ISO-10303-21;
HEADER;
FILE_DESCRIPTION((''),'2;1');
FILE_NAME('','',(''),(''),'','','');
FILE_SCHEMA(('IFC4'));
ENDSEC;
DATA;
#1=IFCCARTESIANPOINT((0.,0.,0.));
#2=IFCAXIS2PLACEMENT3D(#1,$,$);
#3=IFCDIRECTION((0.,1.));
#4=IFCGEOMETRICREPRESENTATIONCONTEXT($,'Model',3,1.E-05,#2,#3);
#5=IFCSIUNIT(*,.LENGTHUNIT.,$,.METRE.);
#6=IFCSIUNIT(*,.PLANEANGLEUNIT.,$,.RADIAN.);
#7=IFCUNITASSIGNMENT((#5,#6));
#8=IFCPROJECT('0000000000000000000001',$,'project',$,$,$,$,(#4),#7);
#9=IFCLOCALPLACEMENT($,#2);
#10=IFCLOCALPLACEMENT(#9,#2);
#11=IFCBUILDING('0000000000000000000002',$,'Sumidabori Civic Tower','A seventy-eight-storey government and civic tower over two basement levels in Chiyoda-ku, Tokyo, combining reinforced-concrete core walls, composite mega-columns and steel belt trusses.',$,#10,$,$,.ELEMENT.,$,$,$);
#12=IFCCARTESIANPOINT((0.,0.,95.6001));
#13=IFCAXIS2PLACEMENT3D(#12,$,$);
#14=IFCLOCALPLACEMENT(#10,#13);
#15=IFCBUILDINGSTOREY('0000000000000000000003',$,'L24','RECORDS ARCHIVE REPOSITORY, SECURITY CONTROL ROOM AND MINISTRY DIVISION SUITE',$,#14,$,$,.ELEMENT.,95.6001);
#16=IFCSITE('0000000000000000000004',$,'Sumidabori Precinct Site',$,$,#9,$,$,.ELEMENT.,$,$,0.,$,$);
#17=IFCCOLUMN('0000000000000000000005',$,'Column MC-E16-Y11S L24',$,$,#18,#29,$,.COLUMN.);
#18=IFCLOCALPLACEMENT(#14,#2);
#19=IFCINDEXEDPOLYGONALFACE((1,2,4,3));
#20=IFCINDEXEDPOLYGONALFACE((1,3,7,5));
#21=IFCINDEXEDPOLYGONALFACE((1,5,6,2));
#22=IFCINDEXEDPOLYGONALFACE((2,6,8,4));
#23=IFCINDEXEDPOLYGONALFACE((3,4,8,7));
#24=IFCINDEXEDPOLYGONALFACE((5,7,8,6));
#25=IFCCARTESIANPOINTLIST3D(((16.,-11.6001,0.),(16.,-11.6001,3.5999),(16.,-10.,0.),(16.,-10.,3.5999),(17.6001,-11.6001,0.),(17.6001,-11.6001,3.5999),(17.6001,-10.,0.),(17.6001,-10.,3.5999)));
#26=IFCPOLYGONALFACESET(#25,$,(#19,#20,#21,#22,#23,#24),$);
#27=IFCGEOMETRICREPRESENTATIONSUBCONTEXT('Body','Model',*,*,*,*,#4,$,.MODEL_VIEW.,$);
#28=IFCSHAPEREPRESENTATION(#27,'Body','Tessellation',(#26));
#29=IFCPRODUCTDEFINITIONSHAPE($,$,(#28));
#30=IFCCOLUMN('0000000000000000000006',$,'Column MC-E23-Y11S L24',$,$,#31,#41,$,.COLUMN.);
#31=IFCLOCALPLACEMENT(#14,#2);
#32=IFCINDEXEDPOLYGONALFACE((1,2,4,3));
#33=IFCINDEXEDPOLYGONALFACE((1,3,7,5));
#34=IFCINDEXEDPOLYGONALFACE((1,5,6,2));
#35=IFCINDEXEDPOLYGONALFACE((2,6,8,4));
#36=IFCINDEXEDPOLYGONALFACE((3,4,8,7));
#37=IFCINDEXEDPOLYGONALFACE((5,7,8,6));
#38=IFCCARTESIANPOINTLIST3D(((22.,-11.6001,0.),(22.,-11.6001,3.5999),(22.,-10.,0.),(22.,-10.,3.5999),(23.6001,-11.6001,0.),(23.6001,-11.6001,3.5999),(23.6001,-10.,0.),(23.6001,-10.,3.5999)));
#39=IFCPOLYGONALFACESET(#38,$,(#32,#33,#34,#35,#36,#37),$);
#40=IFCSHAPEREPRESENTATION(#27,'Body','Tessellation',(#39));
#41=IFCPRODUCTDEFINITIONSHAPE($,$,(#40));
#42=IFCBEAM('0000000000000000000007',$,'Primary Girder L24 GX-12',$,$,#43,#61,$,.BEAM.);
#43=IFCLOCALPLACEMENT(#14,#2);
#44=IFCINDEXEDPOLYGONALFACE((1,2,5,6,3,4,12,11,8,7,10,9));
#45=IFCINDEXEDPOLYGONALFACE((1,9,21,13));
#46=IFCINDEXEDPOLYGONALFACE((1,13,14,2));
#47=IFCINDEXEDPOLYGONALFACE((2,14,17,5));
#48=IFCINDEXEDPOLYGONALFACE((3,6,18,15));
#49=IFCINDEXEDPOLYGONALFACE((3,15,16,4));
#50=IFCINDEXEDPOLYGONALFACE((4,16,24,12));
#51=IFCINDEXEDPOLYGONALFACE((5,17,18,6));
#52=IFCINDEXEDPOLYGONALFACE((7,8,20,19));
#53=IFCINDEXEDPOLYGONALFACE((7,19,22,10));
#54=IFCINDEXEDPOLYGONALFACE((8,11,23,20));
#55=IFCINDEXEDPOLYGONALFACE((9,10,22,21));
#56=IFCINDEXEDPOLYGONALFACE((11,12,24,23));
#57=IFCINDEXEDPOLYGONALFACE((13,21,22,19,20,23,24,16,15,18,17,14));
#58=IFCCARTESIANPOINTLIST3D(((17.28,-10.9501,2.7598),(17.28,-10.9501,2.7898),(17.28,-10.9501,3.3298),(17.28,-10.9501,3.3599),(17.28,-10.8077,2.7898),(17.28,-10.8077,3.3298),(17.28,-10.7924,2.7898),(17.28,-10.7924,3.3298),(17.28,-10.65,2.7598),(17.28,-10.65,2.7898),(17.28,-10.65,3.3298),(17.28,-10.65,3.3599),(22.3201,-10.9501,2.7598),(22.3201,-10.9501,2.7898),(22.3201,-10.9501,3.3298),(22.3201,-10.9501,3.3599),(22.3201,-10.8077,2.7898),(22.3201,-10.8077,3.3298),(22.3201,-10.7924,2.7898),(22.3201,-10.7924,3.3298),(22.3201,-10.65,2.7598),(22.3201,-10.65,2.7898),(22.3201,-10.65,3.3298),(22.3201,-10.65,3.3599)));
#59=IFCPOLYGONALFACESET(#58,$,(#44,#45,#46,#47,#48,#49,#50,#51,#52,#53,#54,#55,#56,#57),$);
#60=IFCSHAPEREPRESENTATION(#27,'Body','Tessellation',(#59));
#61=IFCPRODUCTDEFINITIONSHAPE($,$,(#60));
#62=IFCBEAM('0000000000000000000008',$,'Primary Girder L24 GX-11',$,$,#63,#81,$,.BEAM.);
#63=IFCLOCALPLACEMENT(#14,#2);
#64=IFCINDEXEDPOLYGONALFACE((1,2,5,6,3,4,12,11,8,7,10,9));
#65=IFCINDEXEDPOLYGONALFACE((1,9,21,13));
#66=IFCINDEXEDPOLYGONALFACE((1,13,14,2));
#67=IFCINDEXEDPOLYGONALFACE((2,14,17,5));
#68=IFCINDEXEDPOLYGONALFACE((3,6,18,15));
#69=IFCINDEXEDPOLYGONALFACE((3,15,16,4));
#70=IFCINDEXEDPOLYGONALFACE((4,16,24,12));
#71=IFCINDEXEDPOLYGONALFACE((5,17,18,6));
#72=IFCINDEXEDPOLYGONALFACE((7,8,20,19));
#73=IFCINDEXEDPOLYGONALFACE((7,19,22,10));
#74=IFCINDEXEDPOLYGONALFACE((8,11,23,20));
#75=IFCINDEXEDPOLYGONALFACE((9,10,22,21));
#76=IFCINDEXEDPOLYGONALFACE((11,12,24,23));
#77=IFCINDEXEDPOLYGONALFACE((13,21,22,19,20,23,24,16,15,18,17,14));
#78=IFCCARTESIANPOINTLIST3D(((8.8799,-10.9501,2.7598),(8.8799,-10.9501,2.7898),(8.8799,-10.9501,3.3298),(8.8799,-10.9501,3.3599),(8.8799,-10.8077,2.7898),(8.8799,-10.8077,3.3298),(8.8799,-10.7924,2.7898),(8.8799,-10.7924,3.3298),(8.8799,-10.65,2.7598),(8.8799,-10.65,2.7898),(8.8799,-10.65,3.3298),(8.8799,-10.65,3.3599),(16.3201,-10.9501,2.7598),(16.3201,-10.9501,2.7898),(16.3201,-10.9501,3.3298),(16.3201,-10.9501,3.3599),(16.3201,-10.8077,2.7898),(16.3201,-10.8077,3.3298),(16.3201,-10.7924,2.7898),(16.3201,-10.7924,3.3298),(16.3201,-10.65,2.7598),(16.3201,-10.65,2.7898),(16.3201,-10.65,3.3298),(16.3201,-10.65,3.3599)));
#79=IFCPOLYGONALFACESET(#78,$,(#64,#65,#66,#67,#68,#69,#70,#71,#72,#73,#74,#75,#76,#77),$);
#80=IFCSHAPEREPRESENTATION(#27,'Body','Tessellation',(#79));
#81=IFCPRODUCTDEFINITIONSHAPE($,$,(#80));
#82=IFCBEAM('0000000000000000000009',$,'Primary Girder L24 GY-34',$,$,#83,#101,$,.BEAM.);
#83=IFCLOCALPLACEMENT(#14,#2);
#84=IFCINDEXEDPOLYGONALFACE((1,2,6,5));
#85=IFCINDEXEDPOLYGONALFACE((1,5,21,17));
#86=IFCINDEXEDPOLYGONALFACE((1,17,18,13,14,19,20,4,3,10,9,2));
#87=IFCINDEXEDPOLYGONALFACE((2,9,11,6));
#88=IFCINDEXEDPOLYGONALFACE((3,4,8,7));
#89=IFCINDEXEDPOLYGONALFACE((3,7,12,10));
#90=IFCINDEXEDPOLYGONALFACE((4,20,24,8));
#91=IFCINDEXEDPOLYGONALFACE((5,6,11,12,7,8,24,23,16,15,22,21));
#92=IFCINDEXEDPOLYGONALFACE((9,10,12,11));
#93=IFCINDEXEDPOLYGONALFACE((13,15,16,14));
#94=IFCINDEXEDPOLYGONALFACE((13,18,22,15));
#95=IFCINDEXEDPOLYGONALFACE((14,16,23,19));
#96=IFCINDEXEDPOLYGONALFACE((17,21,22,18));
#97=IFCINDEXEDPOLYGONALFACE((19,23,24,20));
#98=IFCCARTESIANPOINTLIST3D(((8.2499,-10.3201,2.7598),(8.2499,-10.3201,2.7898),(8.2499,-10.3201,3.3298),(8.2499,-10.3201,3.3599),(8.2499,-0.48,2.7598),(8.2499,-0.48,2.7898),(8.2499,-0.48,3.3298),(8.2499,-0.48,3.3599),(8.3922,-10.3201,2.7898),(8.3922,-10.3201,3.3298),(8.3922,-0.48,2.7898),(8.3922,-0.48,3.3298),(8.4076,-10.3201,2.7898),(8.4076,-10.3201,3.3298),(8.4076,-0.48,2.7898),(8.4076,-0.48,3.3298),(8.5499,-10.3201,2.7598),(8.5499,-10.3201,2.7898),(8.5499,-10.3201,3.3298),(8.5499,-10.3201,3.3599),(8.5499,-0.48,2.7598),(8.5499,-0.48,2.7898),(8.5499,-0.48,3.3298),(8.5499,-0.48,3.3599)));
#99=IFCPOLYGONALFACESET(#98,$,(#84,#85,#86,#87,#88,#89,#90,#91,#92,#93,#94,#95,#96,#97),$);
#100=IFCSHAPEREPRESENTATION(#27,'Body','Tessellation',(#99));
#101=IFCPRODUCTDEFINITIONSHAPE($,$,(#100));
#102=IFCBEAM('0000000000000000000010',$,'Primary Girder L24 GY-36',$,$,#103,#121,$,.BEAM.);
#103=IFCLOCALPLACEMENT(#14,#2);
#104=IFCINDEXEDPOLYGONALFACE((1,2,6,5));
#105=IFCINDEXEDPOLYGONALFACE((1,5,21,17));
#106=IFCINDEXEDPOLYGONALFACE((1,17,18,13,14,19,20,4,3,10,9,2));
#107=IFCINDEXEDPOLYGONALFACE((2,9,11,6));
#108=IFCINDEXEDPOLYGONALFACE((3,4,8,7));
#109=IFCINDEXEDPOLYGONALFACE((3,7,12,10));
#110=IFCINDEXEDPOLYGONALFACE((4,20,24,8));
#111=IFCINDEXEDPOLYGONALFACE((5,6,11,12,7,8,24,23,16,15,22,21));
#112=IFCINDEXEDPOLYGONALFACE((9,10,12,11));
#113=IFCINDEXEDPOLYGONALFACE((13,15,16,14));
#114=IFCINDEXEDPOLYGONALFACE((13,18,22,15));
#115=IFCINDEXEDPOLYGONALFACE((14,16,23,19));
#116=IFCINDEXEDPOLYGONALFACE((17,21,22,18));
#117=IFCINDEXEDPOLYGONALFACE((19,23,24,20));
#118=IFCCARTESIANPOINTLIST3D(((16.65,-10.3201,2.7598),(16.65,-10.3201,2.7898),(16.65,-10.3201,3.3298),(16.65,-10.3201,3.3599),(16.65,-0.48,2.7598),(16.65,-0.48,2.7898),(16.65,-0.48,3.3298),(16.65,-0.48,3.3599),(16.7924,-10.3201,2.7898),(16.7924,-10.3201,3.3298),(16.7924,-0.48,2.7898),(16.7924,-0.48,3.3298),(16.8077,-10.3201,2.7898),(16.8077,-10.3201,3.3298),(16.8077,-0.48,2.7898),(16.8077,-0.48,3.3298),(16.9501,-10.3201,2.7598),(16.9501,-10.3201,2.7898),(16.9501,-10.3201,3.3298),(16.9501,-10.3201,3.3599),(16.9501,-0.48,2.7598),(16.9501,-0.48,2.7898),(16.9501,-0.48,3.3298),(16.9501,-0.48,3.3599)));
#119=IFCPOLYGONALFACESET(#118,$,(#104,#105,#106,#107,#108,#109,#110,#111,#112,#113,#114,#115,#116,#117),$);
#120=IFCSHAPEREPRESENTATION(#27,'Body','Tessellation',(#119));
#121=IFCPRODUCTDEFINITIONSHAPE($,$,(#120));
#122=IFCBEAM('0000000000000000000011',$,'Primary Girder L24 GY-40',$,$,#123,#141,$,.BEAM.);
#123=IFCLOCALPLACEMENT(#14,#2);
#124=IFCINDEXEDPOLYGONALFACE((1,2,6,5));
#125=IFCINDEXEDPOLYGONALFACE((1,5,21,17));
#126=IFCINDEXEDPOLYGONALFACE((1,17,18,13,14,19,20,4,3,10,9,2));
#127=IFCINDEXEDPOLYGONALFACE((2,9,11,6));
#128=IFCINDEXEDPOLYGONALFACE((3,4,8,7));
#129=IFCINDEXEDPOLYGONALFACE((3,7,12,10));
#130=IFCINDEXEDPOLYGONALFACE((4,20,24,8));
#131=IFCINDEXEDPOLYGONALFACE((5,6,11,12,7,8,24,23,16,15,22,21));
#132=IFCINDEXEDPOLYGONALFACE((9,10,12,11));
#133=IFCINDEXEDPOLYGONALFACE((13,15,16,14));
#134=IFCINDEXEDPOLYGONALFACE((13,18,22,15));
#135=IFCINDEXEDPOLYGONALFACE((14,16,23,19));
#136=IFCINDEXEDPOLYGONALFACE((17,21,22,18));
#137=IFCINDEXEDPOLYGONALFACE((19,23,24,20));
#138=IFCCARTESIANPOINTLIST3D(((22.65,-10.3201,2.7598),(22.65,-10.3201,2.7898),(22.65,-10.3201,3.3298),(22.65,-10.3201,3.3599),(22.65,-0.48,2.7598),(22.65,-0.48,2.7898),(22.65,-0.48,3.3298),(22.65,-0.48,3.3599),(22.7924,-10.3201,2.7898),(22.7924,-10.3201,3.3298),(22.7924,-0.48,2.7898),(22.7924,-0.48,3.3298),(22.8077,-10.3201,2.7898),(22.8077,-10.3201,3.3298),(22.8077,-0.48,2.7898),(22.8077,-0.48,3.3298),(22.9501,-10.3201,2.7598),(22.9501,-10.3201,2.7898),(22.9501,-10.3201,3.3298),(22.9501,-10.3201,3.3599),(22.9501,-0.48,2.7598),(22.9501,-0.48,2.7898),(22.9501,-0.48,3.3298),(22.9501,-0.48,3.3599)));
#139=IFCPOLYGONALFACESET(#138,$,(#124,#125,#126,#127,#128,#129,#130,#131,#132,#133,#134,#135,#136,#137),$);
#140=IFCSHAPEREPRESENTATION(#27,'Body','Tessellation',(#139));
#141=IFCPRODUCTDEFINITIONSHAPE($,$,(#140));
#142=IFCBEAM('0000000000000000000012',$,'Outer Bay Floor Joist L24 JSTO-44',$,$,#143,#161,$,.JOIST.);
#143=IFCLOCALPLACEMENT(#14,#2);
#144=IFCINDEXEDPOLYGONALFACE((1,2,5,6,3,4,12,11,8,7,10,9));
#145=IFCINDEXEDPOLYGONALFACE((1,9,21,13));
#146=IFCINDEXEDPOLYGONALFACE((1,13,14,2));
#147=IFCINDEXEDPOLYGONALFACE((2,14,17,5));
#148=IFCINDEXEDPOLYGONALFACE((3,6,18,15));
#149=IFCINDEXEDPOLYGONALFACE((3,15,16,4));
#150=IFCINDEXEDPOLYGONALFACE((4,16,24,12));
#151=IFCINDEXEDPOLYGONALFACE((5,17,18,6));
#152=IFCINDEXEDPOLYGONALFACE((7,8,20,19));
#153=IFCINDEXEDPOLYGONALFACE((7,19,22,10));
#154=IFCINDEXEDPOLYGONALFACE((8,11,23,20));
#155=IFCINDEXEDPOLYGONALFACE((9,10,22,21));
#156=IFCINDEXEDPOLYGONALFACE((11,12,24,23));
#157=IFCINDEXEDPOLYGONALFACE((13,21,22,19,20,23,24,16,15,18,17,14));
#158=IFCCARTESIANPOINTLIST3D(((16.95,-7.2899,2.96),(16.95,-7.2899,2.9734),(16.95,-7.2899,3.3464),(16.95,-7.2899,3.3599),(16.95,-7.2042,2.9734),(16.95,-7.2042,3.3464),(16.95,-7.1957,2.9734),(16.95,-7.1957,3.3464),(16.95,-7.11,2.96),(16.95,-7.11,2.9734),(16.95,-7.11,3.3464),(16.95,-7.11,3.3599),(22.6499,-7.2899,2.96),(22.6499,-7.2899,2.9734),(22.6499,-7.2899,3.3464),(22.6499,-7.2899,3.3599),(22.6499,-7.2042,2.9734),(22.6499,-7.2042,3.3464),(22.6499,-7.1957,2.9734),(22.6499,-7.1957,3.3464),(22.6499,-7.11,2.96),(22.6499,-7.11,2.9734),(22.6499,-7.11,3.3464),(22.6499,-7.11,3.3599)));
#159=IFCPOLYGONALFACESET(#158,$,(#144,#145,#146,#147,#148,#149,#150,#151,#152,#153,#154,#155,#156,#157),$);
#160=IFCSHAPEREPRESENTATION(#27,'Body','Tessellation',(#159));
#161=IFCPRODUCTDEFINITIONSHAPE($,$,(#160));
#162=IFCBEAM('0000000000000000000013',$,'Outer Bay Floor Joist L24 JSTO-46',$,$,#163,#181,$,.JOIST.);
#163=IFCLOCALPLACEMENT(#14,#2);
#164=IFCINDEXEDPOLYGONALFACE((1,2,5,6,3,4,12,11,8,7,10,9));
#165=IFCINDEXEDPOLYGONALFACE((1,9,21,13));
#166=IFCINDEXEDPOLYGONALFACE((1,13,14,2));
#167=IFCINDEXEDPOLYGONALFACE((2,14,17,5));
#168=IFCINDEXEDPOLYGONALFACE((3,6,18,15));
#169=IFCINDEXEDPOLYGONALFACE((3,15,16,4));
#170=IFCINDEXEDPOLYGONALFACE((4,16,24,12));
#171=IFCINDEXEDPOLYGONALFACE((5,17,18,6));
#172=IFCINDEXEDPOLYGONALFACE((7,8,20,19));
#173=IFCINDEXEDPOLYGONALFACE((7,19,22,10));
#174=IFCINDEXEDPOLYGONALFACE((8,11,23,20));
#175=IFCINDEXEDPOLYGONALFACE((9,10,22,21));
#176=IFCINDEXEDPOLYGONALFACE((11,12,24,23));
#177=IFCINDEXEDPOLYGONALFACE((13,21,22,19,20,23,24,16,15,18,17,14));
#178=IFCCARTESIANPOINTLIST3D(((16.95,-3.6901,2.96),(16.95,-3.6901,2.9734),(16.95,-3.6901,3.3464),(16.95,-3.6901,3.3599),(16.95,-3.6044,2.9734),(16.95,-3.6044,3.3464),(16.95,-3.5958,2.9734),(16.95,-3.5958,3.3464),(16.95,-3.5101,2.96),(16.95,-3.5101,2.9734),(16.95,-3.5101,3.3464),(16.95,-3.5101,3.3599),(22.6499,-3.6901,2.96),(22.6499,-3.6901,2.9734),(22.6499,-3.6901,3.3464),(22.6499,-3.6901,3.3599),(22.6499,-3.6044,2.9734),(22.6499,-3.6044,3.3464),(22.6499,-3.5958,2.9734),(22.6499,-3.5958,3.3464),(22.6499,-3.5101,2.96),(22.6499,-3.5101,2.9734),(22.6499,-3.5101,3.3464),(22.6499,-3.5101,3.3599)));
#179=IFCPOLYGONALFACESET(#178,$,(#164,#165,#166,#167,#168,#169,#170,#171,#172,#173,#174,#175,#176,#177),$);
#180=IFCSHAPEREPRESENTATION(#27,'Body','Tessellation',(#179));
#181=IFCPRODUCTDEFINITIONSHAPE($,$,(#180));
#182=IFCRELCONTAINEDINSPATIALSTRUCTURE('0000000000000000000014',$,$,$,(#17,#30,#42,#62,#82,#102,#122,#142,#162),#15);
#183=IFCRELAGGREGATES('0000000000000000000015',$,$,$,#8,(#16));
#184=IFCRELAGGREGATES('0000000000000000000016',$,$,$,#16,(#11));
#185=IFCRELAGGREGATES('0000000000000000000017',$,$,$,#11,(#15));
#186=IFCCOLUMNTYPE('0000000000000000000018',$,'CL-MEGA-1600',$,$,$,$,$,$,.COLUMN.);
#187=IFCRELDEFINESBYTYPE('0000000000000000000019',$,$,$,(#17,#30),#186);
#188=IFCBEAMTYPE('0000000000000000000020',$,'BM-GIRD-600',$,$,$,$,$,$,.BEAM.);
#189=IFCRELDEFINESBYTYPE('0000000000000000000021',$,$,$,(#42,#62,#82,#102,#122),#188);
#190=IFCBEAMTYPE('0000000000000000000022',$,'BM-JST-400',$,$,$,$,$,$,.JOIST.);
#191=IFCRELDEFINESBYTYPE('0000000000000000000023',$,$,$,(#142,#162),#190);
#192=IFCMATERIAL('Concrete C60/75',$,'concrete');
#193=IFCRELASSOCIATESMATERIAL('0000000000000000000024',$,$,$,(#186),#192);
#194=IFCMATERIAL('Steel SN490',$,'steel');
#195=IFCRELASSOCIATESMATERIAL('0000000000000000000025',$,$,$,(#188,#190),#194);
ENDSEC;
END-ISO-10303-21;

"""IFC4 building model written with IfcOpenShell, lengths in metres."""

from ifc_helpers import new_model, si_unit, direction, frame, origin, origin_2d, place, context, subcontext, project, spatial, rectangle, i_section, extrude, source, transform, mapped, material, material_profile, profile_set, type_object, element, save


model = new_model("IFC4")

# Units and contexts
model_context = context("Model", 3, precision=1e-05, world=origin(), true_north=direction((0.0, 1.0)))
body_context = subcontext(model_context, "Body", "Model", "MODEL_VIEW")
ifc_project = project(units=[si_unit("LENGTHUNIT", "METRE"), si_unit("PLANEANGLEUNIT", "RADIAN")], contexts=[model_context])

# Site, building, storey
site_placement = place(None, origin())
site = spatial("IfcSite", under=ifc_project, at=site_placement, Name="Sumidabori Precinct Site", CompositionType="ELEMENT", RefElevation=0.0)
building_placement = place(site_placement, origin())
building = spatial("IfcBuilding", under=site, at=building_placement, Name="Sumidabori Civic Tower", Description="A seventy-eight-storey government and civic tower over two basement levels in Chiyoda-ku, Tokyo, combining reinforced-concrete core walls, composite mega-columns and steel belt trusses.", CompositionType="ELEMENT")
storey_placement = place(building_placement, frame((0.0, 0.0, 95.6001)))
storey = spatial("IfcBuildingStorey", under=building, at=storey_placement, Name="L24", Description="RECORDS ARCHIVE REPOSITORY, SECURITY CONTROL ROOM AND MINISTRY DIVISION SUITE", CompositionType="ELEMENT", Elevation=95.6001)

# Columns
ifc_material_1 = material(Name="Concrete C60/75", Category="concrete")
ifc_material_profile_1 = material_profile(ifc_material_1, rectangle(XDim=1.6001, YDim=1.6001, at=origin_2d()), Name="RC 1600x1600")
ifc_profile_set_1 = profile_set([ifc_material_profile_1], Name="Concrete C60/75")
column_type = type_object("IfcColumnType", Name="CL-MEGA-1600", PredefinedType="COLUMN", material=ifc_profile_set_1)
shared_shape_1 = source(origin(), body_context, "Body", "SweptSolid", [
    extrude(rectangle(XDim=1.6001, YDim=1.6001, at=origin_2d()), origin(), (0.0, 0.0, 1.0), 3.5999),
])
for number, where, z_axis, x_axis, name in (
    (1, (16.8, -10.8, 0.0), (0.0, 0.0, 1.0), (1.0, 0.0, 0.0), "Column MC-E16-Y11S L24"),
    (2, (22.8, -10.8, 0.0), (0.0, 0.0, 1.0), (1.0, 0.0, 0.0), "Column MC-E23-Y11S L24"),
):
    element("IfcColumn", number, at=place(storey_placement, frame(where, z_axis=z_axis, x_axis=x_axis)), inside=storey, type_object=column_type, Name=name, PredefinedType="COLUMN", context=body_context, shape_type="MappedRepresentation", body=[
        mapped(shared_shape_1, transform((0.0, 0.0, 0.0), x_axis=(1.0, 0.0, 0.0), y_axis=(0.0, 1.0, 0.0), z_axis=(0.0, 0.0, 1.0), scale=1.0)),
    ])

# Beams
ifc_material_2 = material(Name="Steel SN490", Category="steel")
ifc_material_profile_2 = material_profile(ifc_material_2, i_section(OverallWidth=0.3, OverallDepth=0.6001, WebThickness=0.0154, FlangeThickness=0.03, at=origin_2d()), Name="HE 600 B")
ifc_profile_set_2 = profile_set([ifc_material_profile_2], Name="Steel SN490")
beam_type_1 = type_object("IfcBeamType", Name="BM-GIRD-600", PredefinedType="BEAM", material=ifc_profile_set_2)
shared_shape_2 = source(origin(), body_context, "Body", "SweptSolid", [
    extrude(i_section(OverallWidth=0.3, OverallDepth=0.6001, WebThickness=0.0154, FlangeThickness=0.03, at=origin_2d()), origin(), (0.0, 0.0, 1.0), 5.04),
])
beam_1_placement = place(storey_placement, frame((17.28, -10.8, 3.0598), z_axis=(1.0, 0.0, 0.0), x_axis=(0.0, 1.0, 0.0)))
element("IfcBeam", 3, at=beam_1_placement, inside=storey, type_object=beam_type_1, Name="Primary Girder L24 GX-12", PredefinedType="BEAM", context=body_context, shape_type="MappedRepresentation", body=[
    mapped(shared_shape_2, transform((0.0, 0.0, 0.0), x_axis=(1.0, 0.0, 0.0), y_axis=(0.0, 1.0, 0.0), z_axis=(0.0, 0.0, 1.0), scale=1.0)),
])
shared_shape_3 = source(origin(), body_context, "Body", "SweptSolid", [
    extrude(i_section(OverallWidth=0.3, OverallDepth=0.6001, WebThickness=0.0154, FlangeThickness=0.03, at=origin_2d()), origin(), (0.0, 0.0, 1.0), 7.4402),
])
beam_2_placement = place(storey_placement, frame((8.8799, -10.8, 3.0598), z_axis=(1.0, 0.0, 0.0), x_axis=(0.0, 1.0, 0.0)))
element("IfcBeam", 4, at=beam_2_placement, inside=storey, type_object=beam_type_1, Name="Primary Girder L24 GX-11", PredefinedType="BEAM", context=body_context, shape_type="MappedRepresentation", body=[
    mapped(shared_shape_3, transform((0.0, 0.0, 0.0), x_axis=(1.0, 0.0, 0.0), y_axis=(0.0, 1.0, 0.0), z_axis=(0.0, 0.0, 1.0), scale=1.0)),
])
shared_shape_4 = source(origin(), body_context, "Body", "SweptSolid", [
    extrude(i_section(OverallWidth=0.3, OverallDepth=0.6001, WebThickness=0.0154, FlangeThickness=0.03, at=origin_2d()), origin(), (0.0, 0.0, 1.0), 9.8401),
])
for number, where, z_axis, x_axis, name in (
    (5, (8.3999, -10.3201, 3.0598), (0.0, 1.0, 0.0), (-1.0, 0.0, 0.0), "Primary Girder L24 GY-34"),
    (6, (16.8, -10.3201, 3.0598), (0.0, 1.0, 0.0), (-1.0, 0.0, 0.0), "Primary Girder L24 GY-36"),
    (7, (22.8, -10.3201, 3.0598), (0.0, 1.0, 0.0), (-1.0, 0.0, 0.0), "Primary Girder L24 GY-40"),
):
    element("IfcBeam", number, at=place(storey_placement, frame(where, z_axis=z_axis, x_axis=x_axis)), inside=storey, type_object=beam_type_1, Name=name, PredefinedType="BEAM", context=body_context, shape_type="MappedRepresentation", body=[
        mapped(shared_shape_4, transform((0.0, 0.0, 0.0), x_axis=(1.0, 0.0, 0.0), y_axis=(0.0, 1.0, 0.0), z_axis=(0.0, 0.0, 1.0), scale=1.0)),
    ])
ifc_material_profile_3 = material_profile(ifc_material_2, i_section(OverallWidth=0.1799, OverallDepth=0.3999, WebThickness=0.0085, FlangeThickness=0.0134, at=origin_2d()), Name="IPE 400")
ifc_profile_set_3 = profile_set([ifc_material_profile_3], Name="Steel SN490")
beam_type_2 = type_object("IfcBeamType", Name="BM-JST-400", PredefinedType="JOIST", material=ifc_profile_set_3)
shared_shape_5 = source(origin(), body_context, "Body", "SweptSolid", [
    extrude(i_section(OverallWidth=0.1799, OverallDepth=0.3999, WebThickness=0.0085, FlangeThickness=0.0134, at=origin_2d()), origin(), (0.0, 0.0, 1.0), 5.7),
])
for number, where, z_axis, x_axis, name in (
    (8, (16.95, -7.2, 3.1599), (1.0, 0.0, 0.0), (0.0, 1.0, 0.0), "Outer Bay Floor Joist L24 JSTO-44"),
    (9, (16.95, -3.6001, 3.1599), (1.0, 0.0, 0.0), (0.0, 1.0, 0.0), "Outer Bay Floor Joist L24 JSTO-46"),
):
    element("IfcBeam", number, at=place(storey_placement, frame(where, z_axis=z_axis, x_axis=x_axis)), inside=storey, type_object=beam_type_2, Name=name, PredefinedType="JOIST", context=body_context, shape_type="MappedRepresentation", body=[
        mapped(shared_shape_5, transform((0.0, 0.0, 0.0), x_axis=(1.0, 0.0, 0.0), y_axis=(0.0, 1.0, 0.0), z_axis=(0.0, 0.0, 1.0), scale=1.0)),
    ])

save(model, "model.ifc")
